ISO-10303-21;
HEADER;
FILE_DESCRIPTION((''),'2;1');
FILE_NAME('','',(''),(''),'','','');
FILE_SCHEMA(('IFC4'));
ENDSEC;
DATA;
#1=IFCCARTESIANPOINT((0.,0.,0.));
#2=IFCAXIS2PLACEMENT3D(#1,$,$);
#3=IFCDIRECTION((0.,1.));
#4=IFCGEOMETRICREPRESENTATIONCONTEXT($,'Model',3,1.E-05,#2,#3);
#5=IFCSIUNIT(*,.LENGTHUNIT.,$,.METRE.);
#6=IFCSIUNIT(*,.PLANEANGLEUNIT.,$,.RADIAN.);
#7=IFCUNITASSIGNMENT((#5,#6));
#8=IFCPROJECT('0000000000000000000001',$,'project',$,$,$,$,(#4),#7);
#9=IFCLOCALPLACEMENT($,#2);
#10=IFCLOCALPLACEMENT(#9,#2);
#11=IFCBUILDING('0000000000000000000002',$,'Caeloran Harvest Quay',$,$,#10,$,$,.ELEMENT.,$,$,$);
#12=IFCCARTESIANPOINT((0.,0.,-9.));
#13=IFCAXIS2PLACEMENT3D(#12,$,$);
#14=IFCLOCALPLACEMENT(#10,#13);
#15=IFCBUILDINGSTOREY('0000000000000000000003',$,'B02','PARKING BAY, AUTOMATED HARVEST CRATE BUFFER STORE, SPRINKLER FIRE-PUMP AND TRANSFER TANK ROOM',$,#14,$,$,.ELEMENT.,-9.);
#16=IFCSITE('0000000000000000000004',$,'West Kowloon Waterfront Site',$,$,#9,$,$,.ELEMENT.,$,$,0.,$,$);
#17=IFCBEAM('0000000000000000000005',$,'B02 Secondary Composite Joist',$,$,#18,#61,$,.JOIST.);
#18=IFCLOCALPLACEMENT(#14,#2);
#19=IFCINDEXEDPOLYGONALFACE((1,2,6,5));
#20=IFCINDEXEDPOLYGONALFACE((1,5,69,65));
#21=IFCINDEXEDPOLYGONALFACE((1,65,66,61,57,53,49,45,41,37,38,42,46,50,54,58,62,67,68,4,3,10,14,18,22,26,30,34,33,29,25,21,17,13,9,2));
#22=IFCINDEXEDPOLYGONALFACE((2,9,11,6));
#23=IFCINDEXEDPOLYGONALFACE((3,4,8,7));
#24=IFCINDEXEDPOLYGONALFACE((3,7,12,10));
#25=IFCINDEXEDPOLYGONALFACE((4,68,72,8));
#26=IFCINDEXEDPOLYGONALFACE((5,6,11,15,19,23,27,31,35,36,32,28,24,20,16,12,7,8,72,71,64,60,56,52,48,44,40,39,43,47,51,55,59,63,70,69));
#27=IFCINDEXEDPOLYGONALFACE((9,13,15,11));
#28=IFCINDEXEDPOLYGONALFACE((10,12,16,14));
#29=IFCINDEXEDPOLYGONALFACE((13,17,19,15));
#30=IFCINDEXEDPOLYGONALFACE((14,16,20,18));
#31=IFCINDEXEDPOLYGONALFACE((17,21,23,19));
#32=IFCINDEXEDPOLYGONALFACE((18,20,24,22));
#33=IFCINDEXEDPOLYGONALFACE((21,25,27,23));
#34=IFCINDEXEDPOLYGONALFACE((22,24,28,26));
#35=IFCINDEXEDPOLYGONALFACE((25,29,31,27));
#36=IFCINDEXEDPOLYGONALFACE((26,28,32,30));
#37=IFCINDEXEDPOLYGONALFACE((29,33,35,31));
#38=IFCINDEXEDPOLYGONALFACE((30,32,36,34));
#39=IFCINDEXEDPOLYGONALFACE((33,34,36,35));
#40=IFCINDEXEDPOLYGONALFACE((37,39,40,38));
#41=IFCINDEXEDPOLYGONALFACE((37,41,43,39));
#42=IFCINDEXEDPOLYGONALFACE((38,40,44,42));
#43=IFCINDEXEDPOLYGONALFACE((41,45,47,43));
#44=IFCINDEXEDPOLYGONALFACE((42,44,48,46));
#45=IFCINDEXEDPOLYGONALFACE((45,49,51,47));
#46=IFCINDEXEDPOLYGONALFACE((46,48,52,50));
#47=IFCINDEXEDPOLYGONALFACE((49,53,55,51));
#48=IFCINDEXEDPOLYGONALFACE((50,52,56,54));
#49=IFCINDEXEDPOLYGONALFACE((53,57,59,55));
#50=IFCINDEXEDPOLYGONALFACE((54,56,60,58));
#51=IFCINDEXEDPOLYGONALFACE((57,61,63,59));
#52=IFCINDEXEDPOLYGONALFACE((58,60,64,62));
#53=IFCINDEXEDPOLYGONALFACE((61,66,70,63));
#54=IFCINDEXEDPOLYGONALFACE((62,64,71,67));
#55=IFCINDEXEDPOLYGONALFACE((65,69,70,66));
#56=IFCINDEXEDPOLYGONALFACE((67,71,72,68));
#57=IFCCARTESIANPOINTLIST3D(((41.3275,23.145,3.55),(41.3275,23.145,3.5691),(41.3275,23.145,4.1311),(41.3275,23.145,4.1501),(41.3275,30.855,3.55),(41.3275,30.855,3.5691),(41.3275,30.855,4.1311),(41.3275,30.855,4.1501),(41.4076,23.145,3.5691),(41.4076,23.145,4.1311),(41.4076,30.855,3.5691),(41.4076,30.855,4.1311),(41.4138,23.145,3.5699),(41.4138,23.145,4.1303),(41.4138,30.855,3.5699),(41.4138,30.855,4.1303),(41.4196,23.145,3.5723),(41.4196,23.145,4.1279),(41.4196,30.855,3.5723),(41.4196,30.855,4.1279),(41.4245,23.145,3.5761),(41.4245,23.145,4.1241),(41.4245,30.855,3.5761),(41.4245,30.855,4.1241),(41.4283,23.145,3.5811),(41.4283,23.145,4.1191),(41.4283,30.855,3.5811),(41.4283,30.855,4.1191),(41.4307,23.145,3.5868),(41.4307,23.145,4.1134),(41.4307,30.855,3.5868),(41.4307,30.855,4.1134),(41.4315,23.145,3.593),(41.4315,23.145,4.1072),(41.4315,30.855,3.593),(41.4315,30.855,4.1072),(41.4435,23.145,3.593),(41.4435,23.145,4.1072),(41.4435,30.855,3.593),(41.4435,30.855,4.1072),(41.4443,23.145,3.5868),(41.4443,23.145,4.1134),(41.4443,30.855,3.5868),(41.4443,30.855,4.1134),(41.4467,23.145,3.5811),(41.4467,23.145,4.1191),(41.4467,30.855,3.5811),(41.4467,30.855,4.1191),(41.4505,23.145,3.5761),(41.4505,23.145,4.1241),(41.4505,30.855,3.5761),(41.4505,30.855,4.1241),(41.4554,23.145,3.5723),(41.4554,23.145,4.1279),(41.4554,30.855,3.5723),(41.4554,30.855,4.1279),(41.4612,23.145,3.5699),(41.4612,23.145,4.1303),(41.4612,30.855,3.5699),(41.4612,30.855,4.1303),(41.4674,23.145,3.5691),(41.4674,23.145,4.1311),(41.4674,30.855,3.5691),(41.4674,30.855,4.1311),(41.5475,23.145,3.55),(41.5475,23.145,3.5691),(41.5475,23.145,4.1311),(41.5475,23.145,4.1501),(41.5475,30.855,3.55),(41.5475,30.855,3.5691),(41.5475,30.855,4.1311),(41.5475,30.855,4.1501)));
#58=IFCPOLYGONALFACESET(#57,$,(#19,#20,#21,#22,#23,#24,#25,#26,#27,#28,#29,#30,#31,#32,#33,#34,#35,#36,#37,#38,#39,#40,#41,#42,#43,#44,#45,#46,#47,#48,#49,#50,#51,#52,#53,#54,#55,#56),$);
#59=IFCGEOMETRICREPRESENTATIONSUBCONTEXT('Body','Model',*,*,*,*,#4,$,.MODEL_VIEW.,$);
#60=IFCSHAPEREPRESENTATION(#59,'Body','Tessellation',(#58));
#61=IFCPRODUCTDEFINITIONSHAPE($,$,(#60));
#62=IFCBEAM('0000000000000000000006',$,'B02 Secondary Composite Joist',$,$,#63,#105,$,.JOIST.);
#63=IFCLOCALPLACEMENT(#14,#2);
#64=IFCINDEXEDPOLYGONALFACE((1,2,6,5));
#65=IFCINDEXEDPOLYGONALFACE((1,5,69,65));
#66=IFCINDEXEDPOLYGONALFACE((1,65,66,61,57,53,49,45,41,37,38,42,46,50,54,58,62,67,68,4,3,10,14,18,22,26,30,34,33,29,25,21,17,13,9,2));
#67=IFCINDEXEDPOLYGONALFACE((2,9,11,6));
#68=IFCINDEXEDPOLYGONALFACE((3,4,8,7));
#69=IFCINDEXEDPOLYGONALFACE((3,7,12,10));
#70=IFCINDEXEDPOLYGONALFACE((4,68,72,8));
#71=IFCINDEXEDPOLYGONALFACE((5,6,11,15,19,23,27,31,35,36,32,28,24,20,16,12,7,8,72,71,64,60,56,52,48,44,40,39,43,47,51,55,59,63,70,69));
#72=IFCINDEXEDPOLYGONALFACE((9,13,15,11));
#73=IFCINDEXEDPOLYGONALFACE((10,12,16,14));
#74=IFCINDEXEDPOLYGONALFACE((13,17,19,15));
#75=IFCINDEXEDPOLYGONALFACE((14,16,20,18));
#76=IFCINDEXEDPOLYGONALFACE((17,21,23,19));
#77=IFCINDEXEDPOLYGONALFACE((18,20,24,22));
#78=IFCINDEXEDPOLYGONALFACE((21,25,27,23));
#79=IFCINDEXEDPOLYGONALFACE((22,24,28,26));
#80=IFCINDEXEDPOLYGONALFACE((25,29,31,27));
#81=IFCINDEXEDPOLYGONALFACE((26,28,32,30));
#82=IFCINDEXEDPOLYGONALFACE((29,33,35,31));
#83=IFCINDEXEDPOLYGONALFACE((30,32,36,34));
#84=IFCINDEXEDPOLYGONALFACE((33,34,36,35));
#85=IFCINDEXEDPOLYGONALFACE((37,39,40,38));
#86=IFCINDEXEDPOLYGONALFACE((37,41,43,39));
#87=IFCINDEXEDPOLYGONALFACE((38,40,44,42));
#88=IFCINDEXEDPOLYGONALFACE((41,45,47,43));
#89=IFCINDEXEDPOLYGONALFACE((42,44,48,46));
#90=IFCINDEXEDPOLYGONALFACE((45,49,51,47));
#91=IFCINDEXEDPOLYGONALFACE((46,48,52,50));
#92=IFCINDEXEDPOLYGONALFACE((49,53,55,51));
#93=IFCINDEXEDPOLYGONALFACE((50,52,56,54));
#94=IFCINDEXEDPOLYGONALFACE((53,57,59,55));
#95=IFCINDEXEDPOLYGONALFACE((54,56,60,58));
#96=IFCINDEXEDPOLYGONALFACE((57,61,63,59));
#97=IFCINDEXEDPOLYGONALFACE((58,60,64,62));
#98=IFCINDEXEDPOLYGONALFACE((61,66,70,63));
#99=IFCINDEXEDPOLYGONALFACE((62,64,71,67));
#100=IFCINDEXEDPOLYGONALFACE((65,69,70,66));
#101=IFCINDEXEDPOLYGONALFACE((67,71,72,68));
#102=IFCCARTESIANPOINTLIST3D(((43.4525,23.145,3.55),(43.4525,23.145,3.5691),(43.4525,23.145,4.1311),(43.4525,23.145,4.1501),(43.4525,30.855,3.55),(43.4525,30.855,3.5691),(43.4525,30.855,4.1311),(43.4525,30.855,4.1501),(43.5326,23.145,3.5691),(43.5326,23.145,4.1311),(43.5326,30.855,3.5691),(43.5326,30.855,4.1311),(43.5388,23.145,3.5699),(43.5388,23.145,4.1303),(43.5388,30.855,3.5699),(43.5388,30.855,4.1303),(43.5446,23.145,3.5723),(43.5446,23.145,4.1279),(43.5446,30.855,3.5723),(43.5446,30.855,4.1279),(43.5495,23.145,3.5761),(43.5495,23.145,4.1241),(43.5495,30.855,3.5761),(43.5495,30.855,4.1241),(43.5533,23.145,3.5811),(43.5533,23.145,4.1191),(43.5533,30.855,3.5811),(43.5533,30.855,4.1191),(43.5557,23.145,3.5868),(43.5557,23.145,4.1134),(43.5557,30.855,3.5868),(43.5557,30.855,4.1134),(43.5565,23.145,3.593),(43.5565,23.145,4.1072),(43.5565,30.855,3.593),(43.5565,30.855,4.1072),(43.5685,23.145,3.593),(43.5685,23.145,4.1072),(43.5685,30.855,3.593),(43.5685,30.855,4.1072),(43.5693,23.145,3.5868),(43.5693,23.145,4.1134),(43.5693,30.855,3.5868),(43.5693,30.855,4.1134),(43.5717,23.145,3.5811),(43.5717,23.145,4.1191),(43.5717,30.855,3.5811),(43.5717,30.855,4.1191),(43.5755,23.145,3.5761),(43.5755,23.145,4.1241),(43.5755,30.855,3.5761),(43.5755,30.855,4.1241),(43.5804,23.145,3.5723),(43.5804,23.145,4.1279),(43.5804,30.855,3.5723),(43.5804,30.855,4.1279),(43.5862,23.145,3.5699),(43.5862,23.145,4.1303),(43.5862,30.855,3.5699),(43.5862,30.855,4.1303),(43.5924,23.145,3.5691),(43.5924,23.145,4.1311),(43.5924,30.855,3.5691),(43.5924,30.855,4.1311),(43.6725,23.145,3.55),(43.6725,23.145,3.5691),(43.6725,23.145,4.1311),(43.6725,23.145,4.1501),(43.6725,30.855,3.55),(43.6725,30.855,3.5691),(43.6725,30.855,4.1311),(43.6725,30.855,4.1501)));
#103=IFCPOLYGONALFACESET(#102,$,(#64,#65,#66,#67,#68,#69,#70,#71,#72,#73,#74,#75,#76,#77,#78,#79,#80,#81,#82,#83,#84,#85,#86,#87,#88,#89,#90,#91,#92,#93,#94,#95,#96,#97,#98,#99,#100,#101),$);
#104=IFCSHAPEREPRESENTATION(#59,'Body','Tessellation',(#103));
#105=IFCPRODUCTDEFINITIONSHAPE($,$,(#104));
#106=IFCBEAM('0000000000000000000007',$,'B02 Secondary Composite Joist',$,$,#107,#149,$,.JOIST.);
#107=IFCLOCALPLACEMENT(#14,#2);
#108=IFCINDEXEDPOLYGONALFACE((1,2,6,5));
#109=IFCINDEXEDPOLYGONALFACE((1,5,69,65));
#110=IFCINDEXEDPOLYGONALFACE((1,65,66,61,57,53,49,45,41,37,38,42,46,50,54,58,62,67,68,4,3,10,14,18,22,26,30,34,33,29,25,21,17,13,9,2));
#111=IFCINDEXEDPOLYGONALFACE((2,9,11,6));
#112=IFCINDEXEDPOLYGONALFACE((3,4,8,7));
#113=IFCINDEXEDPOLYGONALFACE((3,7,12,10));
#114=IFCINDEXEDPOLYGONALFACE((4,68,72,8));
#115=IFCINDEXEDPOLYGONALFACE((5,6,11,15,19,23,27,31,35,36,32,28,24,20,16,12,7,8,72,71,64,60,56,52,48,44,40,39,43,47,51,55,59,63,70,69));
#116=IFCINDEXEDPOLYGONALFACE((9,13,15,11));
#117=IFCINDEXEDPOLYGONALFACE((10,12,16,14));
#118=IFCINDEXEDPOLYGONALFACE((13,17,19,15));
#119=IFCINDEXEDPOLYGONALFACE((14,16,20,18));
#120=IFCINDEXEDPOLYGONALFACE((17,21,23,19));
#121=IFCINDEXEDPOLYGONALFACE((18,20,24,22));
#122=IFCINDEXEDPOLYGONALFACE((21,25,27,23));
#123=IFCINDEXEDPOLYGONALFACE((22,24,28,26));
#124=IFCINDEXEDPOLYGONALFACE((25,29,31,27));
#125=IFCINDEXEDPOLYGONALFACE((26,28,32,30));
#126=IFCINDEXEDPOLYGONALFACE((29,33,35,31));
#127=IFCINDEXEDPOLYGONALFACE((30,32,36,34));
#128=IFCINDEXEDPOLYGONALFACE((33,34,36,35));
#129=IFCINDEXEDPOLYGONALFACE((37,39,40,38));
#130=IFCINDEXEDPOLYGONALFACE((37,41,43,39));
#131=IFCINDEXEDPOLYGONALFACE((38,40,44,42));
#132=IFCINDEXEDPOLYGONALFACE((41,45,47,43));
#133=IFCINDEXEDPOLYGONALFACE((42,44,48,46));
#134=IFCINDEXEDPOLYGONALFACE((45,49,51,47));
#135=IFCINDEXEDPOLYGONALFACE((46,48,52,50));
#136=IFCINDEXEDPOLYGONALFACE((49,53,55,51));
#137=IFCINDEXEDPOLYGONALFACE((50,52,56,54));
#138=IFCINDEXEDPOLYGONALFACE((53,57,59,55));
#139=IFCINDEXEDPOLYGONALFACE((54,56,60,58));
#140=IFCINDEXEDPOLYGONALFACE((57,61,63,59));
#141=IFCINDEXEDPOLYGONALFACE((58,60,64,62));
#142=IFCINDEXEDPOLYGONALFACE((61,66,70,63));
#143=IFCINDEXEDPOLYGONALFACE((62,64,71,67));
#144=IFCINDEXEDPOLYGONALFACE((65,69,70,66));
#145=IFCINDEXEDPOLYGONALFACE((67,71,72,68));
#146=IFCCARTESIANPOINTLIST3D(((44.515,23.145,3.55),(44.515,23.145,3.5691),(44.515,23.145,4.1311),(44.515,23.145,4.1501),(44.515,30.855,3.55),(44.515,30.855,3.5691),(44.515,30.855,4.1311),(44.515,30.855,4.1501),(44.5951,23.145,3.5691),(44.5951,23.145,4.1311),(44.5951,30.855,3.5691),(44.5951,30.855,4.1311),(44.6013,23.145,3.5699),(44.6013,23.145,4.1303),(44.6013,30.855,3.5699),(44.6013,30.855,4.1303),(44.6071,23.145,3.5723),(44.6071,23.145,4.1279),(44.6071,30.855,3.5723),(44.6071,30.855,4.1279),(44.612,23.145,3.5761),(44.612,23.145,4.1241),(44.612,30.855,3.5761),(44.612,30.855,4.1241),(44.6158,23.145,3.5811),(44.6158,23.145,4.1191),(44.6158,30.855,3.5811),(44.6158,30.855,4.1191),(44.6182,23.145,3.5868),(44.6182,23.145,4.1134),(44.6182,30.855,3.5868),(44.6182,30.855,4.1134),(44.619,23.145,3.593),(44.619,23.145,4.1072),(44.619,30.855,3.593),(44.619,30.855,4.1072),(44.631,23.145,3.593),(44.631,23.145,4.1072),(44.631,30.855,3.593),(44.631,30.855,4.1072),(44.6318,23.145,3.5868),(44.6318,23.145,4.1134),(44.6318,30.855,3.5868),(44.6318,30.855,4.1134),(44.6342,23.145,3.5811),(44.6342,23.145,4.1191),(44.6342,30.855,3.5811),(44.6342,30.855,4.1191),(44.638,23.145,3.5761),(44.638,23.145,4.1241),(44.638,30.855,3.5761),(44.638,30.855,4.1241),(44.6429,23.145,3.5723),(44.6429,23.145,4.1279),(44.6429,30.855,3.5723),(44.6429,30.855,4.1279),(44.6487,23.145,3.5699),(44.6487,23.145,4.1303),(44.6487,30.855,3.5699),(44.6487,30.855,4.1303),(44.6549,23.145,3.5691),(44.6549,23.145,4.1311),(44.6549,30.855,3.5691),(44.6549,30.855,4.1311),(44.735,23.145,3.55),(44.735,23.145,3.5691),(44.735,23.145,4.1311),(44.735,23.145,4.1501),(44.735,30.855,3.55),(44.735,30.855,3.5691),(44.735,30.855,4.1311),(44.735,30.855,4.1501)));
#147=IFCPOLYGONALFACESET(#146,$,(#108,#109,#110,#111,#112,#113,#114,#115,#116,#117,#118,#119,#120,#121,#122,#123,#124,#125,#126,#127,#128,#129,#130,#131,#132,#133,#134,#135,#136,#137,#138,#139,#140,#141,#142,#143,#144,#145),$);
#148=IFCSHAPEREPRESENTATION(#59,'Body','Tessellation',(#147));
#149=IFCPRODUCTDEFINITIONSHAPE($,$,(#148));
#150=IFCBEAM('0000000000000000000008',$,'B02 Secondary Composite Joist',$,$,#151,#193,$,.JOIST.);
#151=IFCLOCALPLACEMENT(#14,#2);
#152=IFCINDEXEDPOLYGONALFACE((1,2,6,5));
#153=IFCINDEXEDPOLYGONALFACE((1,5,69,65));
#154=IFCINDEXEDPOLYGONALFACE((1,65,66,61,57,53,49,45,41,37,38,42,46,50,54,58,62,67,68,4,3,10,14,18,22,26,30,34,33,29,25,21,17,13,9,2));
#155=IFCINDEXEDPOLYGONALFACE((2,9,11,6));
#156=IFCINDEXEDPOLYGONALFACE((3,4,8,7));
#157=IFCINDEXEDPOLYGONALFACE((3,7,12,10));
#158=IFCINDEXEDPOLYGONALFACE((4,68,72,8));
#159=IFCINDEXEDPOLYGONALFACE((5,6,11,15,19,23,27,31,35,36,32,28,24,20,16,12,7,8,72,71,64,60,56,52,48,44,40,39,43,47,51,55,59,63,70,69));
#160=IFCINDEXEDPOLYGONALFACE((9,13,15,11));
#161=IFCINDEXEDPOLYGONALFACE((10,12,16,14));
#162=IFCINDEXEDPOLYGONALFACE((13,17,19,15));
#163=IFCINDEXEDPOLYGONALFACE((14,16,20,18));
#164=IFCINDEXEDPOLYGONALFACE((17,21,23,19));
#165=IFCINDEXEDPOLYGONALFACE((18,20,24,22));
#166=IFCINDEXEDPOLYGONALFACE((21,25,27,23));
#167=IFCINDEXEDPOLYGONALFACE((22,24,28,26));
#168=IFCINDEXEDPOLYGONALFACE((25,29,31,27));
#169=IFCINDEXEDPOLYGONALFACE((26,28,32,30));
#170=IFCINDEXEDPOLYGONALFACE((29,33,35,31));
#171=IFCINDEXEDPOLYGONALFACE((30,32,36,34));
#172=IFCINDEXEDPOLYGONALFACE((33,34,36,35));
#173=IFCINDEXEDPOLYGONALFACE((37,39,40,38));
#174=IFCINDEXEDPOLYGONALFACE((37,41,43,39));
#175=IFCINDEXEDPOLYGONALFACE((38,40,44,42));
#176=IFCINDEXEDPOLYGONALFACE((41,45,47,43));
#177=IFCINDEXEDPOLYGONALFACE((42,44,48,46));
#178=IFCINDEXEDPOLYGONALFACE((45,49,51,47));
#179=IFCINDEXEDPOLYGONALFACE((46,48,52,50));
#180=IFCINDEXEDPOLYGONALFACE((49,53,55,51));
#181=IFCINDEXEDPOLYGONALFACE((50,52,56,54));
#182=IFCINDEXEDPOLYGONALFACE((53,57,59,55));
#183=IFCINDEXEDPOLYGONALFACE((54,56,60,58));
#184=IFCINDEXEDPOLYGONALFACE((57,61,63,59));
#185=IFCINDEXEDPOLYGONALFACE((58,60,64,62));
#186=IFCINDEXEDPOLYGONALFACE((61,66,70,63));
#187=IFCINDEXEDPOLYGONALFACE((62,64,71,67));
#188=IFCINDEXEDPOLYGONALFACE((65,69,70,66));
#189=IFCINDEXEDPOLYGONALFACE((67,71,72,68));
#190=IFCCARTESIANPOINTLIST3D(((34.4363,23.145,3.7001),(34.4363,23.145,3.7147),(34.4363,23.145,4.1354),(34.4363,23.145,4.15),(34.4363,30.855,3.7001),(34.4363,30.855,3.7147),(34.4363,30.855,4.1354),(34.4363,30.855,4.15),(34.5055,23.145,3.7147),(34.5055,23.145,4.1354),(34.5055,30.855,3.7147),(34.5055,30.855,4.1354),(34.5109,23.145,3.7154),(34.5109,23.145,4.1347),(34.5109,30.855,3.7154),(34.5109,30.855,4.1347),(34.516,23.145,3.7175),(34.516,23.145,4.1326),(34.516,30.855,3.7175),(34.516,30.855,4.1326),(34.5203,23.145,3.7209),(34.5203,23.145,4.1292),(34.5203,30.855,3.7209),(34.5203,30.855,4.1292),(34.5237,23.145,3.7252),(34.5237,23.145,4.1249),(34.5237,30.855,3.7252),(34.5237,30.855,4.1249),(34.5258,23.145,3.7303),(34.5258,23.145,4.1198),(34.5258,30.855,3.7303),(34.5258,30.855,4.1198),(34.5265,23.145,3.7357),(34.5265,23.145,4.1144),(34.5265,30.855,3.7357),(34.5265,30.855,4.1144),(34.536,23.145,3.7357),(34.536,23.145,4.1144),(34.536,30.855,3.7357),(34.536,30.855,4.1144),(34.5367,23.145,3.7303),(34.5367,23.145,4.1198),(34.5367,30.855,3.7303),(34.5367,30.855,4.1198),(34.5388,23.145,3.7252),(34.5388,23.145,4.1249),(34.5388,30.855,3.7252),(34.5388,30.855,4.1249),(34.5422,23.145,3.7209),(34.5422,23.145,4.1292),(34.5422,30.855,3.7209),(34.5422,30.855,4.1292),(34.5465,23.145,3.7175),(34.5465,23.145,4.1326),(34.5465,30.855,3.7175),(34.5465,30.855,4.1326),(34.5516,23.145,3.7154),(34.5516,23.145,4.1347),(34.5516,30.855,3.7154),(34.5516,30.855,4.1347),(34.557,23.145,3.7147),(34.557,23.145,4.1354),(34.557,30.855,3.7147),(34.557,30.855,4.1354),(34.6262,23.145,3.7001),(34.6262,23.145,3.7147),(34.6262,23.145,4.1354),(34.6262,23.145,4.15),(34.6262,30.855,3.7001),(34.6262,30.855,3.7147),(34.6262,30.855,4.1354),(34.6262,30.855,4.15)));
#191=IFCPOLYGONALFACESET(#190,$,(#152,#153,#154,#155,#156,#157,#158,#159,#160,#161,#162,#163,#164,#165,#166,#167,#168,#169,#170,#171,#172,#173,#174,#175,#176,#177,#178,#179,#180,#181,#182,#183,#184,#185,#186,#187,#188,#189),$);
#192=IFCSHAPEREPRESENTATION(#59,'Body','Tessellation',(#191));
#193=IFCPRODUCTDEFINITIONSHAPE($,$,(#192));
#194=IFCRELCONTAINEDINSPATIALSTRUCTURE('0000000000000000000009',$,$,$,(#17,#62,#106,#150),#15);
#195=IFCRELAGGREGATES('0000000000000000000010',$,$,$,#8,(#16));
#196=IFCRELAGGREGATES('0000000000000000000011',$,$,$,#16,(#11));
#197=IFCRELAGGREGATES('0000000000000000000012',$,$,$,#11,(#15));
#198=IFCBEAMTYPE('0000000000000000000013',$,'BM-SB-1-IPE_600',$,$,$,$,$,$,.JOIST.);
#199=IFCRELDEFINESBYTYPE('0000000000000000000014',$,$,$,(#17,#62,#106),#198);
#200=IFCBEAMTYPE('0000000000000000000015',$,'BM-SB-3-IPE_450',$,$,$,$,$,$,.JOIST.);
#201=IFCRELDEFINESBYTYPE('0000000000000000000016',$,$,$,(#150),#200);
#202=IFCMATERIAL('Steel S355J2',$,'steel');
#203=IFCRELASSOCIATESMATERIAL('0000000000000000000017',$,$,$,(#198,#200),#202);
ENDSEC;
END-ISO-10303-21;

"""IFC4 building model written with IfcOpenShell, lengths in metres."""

from ifc_helpers import new_model, si_unit, direction, frame, origin, origin_2d, place, context, subcontext, project, spatial, i_section, extrude, material, material_profile, profile_set, type_object, element, save


model = new_model("IFC4")

# Units and contexts
model_context = context("Model", 3, precision=1e-05, world=origin(), true_north=direction((0.0, 1.0)))
body_context = subcontext(model_context, "Body", "Model", "MODEL_VIEW")
ifc_project = project(units=[si_unit("LENGTHUNIT", "METRE"), si_unit("PLANEANGLEUNIT", "RADIAN")], contexts=[model_context])

# Site, building, storey
site_placement = place(None, origin())
site = spatial("IfcSite", under=ifc_project, at=site_placement, Name="West Kowloon Waterfront Site", CompositionType="ELEMENT", RefElevation=0.0)
building_placement = place(site_placement, origin())
building = spatial("IfcBuilding", under=site, at=building_placement, Name="Caeloran Harvest Quay", CompositionType="ELEMENT")
storey_placement = place(building_placement, frame((0.0, 0.0, -9.0)))
storey = spatial("IfcBuildingStorey", under=building, at=storey_placement, Name="B02", Description="PARKING BAY, AUTOMATED HARVEST CRATE BUFFER STORE, SPRINKLER FIRE-PUMP AND TRANSFER TANK ROOM", CompositionType="ELEMENT", Elevation=-9.0)

# Beams
ifc_material_1 = material(Name="Steel S355J2", Category="steel")
ifc_material_profile_1 = material_profile(ifc_material_1, i_section(OverallWidth=0.22, OverallDepth=0.6001, WebThickness=0.012, FlangeThickness=0.019, FilletRadius=0.0239, at=origin_2d()), Name="IPE 600")
ifc_profile_set_1 = profile_set([ifc_material_profile_1], Name="Steel S355J2")
beam_type_1 = type_object("IfcBeamType", Name="BM-SB-1-IPE_600", PredefinedType="JOIST", material=ifc_profile_set_1)
for number, where, z_axis, x_axis, name in (
    (1, (41.4375, 23.145, 3.8501), (0.0, 1.0, 0.0), (-1.0, 0.0, 0.0), "B02 Secondary Composite Joist"),
    (2, (43.5625, 23.145, 3.8501), (0.0, 1.0, 0.0), (-1.0, 0.0, 0.0), "B02 Secondary Composite Joist"),
    (3, (44.625, 23.145, 3.8501), (0.0, 1.0, 0.0), (-1.0, 0.0, 0.0), "B02 Secondary Composite Joist"),
):
    element("IfcBeam", number, at=place(storey_placement, frame(where, z_axis=z_axis, x_axis=x_axis)), inside=storey, type_object=beam_type_1, Name=name, PredefinedType="JOIST", context=body_context, shape_type="SweptSolid", body=[
        extrude(i_section(OverallWidth=0.22, OverallDepth=0.6001, WebThickness=0.012, FlangeThickness=0.019, FilletRadius=0.0239, at=origin_2d()), origin(), (0.0, 0.0, 1.0), 7.71),
    ])
ifc_material_profile_2 = material_profile(ifc_material_1, i_section(OverallWidth=0.1899, OverallDepth=0.45, WebThickness=0.0095, FlangeThickness=0.0146, FilletRadius=0.021, at=origin_2d()), Name="IPE 450")
ifc_profile_set_2 = profile_set([ifc_material_profile_2], Name="Steel S355J2")
beam_type_2 = type_object("IfcBeamType", Name="BM-SB-3-IPE_450", PredefinedType="JOIST", material=ifc_profile_set_2)
for number, where, z_axis, x_axis, name in (
    (4, (34.5312, 23.145, 3.925), (0.0, 1.0, 0.0), (-1.0, 0.0, 0.0), "B02 Secondary Composite Joist"),
):
    element("IfcBeam", number, at=place(storey_placement, frame(where, z_axis=z_axis, x_axis=x_axis)), inside=storey, type_object=beam_type_2, Name=name, PredefinedType="JOIST", context=body_context, shape_type="SweptSolid", body=[
        extrude(i_section(OverallWidth=0.1899, OverallDepth=0.45, WebThickness=0.0095, FlangeThickness=0.0146, FilletRadius=0.021, at=origin_2d()), origin(), (0.0, 0.0, 1.0), 7.71),
    ])

save(model, "model.ifc")
